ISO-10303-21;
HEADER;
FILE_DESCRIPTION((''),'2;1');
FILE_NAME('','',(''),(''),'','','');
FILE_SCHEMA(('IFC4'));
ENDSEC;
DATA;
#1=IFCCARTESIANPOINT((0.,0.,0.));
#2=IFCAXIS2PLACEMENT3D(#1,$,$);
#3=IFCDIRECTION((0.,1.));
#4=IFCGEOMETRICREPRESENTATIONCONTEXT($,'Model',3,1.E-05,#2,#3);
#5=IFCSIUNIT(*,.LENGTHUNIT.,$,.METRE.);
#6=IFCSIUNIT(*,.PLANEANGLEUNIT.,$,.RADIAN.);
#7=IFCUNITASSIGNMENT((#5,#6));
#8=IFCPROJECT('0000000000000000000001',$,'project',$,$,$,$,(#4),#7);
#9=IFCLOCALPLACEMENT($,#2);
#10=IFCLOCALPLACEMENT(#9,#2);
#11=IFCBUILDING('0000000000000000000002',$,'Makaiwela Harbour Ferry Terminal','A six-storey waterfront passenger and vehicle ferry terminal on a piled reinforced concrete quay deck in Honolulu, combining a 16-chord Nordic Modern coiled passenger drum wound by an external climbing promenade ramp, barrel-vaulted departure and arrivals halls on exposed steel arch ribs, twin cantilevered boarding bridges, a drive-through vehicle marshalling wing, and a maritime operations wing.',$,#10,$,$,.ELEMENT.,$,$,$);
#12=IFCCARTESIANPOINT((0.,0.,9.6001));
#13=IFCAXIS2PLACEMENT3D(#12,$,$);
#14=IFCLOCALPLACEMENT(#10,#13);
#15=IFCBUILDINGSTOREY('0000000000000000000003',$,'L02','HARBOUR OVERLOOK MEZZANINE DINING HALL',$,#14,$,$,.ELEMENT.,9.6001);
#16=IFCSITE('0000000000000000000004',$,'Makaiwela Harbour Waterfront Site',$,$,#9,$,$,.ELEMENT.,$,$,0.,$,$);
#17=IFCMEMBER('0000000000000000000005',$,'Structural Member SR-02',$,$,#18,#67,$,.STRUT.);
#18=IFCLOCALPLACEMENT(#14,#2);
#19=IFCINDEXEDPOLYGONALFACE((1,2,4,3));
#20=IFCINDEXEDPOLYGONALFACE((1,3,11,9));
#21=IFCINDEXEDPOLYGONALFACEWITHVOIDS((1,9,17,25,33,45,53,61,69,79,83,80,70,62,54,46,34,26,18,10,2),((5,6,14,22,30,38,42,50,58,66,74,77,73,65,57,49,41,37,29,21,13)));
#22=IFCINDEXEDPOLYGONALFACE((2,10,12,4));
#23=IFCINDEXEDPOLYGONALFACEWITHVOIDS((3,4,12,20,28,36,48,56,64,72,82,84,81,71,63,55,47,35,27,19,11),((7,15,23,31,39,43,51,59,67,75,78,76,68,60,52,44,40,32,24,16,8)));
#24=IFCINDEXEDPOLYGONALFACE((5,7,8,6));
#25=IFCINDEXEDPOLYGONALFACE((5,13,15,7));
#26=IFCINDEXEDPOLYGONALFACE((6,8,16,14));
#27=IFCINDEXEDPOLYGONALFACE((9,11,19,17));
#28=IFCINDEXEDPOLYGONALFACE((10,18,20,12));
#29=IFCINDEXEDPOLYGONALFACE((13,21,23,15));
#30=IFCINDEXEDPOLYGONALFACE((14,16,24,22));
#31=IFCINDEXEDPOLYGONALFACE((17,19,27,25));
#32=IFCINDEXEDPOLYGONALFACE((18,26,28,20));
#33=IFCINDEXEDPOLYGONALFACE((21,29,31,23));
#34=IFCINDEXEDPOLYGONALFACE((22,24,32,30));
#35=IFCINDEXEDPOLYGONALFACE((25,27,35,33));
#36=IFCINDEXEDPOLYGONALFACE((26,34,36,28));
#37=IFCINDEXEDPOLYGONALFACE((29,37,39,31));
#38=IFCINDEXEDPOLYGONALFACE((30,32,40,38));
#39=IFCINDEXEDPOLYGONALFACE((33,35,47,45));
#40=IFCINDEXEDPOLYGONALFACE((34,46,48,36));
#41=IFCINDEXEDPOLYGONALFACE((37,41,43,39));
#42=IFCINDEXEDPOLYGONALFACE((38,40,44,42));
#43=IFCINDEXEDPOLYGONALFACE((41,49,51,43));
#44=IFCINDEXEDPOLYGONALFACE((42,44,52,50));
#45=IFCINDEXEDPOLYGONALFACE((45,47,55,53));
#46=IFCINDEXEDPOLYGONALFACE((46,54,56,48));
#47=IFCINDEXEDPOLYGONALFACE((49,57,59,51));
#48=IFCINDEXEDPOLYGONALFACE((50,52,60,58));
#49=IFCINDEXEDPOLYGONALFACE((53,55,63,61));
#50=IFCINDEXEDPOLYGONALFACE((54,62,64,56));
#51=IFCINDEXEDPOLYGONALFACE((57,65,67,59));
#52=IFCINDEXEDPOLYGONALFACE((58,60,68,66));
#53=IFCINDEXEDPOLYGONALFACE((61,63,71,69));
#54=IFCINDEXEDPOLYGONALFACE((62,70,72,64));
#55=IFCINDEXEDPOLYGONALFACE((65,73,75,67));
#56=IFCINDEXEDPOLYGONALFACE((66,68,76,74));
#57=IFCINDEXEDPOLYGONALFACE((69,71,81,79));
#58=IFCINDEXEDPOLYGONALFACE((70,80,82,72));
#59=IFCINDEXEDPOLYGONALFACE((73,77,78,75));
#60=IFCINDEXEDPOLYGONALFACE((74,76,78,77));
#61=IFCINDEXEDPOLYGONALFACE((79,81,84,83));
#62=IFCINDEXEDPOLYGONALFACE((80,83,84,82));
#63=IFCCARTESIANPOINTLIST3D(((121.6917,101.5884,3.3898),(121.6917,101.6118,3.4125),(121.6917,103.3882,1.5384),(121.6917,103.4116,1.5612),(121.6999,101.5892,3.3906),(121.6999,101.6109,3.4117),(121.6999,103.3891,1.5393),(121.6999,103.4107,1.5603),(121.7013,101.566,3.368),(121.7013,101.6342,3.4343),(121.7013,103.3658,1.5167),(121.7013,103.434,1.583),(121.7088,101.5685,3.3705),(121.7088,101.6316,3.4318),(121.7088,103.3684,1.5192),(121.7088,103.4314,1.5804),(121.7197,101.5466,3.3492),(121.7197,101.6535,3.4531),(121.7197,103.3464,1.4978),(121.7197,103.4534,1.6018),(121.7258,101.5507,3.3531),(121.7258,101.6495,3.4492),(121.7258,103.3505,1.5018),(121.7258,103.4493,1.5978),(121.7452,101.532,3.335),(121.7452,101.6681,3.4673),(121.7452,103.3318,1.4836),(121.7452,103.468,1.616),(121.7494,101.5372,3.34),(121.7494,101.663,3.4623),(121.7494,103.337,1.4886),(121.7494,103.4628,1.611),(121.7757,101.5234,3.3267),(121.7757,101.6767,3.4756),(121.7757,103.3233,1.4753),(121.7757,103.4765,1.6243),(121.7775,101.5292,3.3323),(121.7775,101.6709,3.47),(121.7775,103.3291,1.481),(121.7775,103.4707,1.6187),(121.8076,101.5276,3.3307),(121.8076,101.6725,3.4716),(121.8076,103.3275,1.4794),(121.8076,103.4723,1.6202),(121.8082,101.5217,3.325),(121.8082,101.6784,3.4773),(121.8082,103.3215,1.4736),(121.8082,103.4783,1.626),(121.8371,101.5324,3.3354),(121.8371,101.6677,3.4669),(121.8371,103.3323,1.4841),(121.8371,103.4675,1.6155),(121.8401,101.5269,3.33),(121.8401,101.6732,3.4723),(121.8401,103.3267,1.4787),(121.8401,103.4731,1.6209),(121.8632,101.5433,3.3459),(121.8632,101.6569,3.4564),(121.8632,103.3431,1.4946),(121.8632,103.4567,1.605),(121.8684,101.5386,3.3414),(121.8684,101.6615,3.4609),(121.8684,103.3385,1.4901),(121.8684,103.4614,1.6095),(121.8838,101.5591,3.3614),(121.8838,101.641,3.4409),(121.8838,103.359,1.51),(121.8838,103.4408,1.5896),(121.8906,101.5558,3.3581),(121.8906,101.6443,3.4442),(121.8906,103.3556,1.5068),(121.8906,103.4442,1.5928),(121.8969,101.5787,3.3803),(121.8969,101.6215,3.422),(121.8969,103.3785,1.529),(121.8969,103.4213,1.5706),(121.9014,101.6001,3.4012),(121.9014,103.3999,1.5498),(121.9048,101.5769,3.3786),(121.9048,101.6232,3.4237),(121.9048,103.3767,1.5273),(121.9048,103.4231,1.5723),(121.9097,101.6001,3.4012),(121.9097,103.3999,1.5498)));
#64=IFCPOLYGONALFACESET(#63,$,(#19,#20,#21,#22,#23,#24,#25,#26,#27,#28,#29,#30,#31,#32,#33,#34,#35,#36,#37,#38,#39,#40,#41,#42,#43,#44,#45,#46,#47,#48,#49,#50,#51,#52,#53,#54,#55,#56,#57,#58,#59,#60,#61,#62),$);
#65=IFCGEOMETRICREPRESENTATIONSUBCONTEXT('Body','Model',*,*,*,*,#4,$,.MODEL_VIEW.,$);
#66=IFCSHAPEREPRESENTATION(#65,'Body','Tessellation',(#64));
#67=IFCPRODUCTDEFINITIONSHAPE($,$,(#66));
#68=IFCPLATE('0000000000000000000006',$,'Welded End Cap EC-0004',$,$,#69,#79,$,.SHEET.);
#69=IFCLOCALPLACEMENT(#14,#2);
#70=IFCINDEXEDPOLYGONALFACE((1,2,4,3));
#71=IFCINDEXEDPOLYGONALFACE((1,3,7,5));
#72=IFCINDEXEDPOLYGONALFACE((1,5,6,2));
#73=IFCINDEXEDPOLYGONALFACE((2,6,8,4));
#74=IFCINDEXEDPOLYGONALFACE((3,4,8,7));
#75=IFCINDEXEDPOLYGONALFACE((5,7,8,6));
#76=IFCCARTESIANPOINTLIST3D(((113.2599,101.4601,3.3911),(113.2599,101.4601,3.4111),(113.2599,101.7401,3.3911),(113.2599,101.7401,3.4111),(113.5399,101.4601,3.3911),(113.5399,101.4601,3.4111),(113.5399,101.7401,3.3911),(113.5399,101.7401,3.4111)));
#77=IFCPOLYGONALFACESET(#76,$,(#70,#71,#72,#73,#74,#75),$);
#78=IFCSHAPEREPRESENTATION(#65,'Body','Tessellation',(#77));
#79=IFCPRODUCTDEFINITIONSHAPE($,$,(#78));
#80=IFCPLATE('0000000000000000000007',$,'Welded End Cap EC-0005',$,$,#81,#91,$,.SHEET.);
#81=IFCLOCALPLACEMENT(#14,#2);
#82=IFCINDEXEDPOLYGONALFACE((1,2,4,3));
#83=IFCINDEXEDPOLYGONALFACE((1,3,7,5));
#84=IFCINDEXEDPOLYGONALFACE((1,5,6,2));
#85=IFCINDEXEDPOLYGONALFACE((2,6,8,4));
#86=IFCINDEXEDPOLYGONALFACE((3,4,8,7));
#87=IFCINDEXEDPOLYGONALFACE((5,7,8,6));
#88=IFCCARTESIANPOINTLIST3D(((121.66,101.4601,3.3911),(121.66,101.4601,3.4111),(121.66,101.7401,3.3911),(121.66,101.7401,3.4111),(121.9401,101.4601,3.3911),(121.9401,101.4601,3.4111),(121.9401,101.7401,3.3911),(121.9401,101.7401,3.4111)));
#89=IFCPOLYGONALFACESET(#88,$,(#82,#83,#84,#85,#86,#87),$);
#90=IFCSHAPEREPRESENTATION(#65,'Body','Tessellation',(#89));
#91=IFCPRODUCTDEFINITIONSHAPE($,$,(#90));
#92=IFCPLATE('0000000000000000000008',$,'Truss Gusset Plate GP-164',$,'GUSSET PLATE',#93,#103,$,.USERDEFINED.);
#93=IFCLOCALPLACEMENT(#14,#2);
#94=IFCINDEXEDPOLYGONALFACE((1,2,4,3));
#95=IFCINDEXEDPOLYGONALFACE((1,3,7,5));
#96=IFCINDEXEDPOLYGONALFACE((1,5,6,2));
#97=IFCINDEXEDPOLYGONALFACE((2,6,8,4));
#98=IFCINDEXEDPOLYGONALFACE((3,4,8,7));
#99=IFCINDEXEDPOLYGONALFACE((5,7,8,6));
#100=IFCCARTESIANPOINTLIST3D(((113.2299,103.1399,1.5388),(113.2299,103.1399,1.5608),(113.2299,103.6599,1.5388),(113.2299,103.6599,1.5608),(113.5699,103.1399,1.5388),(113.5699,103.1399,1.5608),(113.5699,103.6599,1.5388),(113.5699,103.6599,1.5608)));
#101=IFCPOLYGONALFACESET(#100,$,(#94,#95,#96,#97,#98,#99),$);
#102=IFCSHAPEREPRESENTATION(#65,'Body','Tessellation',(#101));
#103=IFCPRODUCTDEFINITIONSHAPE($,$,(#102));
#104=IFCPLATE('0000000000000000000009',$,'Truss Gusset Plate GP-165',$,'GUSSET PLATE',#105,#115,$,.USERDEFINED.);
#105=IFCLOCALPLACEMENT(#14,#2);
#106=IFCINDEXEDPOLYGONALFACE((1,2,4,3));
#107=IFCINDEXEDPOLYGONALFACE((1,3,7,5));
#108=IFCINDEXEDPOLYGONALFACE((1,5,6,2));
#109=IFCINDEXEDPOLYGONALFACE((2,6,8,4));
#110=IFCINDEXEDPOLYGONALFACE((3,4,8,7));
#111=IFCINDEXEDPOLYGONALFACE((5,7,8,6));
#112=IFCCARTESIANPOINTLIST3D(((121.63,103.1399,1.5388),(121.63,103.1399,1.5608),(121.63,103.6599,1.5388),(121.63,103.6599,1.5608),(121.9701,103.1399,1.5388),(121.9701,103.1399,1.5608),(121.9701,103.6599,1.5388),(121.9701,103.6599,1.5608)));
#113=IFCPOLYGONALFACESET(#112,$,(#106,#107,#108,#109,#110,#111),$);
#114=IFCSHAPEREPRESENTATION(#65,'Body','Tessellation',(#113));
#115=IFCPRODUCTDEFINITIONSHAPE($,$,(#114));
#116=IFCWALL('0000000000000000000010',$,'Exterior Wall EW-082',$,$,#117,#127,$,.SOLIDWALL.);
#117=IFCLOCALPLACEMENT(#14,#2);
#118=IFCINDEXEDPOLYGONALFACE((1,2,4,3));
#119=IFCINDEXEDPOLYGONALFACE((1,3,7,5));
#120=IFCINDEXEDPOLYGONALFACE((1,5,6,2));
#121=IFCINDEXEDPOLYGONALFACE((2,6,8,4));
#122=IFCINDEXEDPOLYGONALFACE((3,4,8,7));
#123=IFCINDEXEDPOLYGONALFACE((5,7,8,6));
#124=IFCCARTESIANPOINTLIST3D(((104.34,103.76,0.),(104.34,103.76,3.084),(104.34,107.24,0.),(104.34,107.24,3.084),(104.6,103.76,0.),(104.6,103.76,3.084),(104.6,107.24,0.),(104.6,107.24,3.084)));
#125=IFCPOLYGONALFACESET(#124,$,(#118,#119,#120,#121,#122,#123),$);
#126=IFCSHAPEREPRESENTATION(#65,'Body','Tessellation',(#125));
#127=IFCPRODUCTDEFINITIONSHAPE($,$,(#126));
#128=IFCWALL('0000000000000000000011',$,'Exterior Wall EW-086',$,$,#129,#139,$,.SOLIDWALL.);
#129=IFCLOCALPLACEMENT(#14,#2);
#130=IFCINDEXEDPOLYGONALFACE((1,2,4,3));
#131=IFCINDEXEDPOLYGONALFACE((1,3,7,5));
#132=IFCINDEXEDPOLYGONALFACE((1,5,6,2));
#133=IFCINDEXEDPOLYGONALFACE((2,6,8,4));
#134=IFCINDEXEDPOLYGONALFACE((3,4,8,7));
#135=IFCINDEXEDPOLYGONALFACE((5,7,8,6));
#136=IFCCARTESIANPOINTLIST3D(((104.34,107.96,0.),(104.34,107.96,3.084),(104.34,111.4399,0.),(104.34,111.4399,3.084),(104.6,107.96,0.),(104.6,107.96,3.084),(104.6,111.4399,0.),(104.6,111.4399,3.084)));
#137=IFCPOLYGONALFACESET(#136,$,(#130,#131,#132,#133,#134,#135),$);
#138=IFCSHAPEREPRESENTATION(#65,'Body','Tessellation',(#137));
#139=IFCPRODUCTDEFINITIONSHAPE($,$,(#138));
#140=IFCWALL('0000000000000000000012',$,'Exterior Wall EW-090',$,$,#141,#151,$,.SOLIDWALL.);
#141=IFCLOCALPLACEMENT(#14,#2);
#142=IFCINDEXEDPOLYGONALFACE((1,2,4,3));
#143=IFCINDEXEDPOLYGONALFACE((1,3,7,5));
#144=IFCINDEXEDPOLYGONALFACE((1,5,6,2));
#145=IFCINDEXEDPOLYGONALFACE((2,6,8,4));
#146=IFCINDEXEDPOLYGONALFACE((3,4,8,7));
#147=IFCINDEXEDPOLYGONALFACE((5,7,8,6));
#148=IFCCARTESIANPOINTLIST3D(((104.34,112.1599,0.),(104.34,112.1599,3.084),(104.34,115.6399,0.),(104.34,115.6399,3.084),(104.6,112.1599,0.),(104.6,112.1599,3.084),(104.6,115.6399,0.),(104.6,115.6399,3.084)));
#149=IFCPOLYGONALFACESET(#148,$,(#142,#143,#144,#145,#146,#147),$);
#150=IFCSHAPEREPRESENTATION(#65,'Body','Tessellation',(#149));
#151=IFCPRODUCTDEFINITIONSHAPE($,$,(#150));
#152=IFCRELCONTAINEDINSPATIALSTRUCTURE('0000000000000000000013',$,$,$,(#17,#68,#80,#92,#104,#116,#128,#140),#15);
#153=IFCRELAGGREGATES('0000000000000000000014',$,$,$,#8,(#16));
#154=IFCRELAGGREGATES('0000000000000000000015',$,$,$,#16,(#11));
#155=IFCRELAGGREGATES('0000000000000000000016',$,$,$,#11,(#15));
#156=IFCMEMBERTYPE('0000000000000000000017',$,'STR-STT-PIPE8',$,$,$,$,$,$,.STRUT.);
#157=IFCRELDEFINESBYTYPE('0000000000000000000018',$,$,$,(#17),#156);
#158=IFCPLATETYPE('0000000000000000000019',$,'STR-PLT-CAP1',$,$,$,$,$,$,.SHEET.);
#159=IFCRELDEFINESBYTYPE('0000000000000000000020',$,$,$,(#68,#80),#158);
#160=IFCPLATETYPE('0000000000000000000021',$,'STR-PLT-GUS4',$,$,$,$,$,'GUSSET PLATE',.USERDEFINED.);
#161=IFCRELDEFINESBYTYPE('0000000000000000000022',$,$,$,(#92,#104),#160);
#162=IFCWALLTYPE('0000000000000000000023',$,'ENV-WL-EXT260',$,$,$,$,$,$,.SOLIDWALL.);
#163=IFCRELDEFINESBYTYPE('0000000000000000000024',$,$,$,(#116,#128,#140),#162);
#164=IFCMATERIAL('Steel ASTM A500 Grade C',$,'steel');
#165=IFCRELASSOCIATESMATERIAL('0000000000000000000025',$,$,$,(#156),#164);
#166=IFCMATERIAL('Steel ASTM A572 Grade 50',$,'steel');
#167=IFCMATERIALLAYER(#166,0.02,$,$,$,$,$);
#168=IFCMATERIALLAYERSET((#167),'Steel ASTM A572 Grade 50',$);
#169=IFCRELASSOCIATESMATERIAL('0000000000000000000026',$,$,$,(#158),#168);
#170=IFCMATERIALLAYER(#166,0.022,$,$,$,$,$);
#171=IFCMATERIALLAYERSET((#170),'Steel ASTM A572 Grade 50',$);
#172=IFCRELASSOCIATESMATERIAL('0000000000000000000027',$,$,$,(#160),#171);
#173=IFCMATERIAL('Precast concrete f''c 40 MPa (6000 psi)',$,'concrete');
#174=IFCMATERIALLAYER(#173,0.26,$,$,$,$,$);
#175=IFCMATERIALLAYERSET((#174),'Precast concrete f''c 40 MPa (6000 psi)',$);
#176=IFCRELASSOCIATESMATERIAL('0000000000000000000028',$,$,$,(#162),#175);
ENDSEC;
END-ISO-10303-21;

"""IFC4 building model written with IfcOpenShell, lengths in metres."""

from ifc_helpers import new_model, si_unit, direction, frame, frame_2d, origin, origin_2d, place, context, subcontext, project, spatial, rectangle, hollow_circle, extrude, material, layer, layer_set, material_profile, profile_set, type_object, element, save


model = new_model("IFC4")

# Units and contexts
model_context = context("Model", 3, precision=1e-05, world=origin(), true_north=direction((0.0, 1.0)))
body_context = subcontext(model_context, "Body", "Model", "MODEL_VIEW")
ifc_project = project(units=[si_unit("LENGTHUNIT", "METRE"), si_unit("PLANEANGLEUNIT", "RADIAN")], contexts=[model_context])

# Site, building, storey
site_placement = place(None, origin())
site = spatial("IfcSite", under=ifc_project, at=site_placement, Name="Makaiwela Harbour Waterfront Site", CompositionType="ELEMENT", RefElevation=0.0)
building_placement = place(site_placement, origin())
building = spatial("IfcBuilding", under=site, at=building_placement, Name="Makaiwela Harbour Ferry Terminal", Description="A six-storey waterfront passenger and vehicle ferry terminal on a piled reinforced concrete quay deck in Honolulu, combining a 16-chord Nordic Modern coiled passenger drum wound by an external climbing promenade ramp, barrel-vaulted departure and arrivals halls on exposed steel arch ribs, twin cantilevered boarding bridges, a drive-through vehicle marshalling wing, and a maritime operations wing.", CompositionType="ELEMENT")
storey_placement = place(building_placement, frame((0.0, 0.0, 9.6001)))
storey = spatial("IfcBuildingStorey", under=building, at=storey_placement, Name="L02", Description="HARBOUR OVERLOOK MEZZANINE DINING HALL", CompositionType="ELEMENT", Elevation=9.6001)

# Member
ifc_material_1 = material(Name="Steel ASTM A500 Grade C", Category="steel")
ifc_material_profile_1 = material_profile(ifc_material_1, hollow_circle(Radius=0.1096, WallThickness=0.0083, at=origin_2d()), Name="PIPE8STD")
ifc_profile_set_1 = profile_set([ifc_material_profile_1], Name="Steel ASTM A500 Grade C")
member_type = type_object("IfcMemberType", Name="STR-STT-PIPE8", PredefinedType="STRUT", material=ifc_profile_set_1)
for number, where, z_axis, x_axis, name in (
    (1, (121.8, 103.3999, 1.5498), (0.0, -0.697061, 0.717012), (1.0, 0.0, 0.0), "Structural Member SR-02"),
):
    element("IfcMember", number, at=place(storey_placement, frame(where, z_axis=z_axis, x_axis=x_axis)), inside=storey, type_object=member_type, Name=name, PredefinedType="STRUT", context=body_context, shape_type="SweptSolid", body=[
        extrude(hollow_circle(Radius=0.1096, WallThickness=0.0083, at=origin_2d()), origin(), (0.0, 0.0, 1.0), 2.582),
    ])

# Plates
ifc_material_2 = material(Name="Steel ASTM A572 Grade 50", Category="steel")
ifc_layer_1 = layer(ifc_material_2, 0.02)
ifc_layer_set_1 = layer_set([ifc_layer_1], Name="Steel ASTM A572 Grade 50")
plate_type_1 = type_object("IfcPlateType", Name="STR-PLT-CAP1", PredefinedType="SHEET", material=ifc_layer_set_1)
for number, where, z_axis, x_axis, name in (
    (2, (113.3999, 101.6001, 3.3911), (0.0, 0.0, 1.0), (1.0, 0.0, 0.0), "Welded End Cap EC-0004"),
    (3, (121.8, 101.6001, 3.3911), (0.0, 0.0, 1.0), (1.0, 0.0, 0.0), "Welded End Cap EC-0005"),
):
    element("IfcPlate", number, at=place(storey_placement, frame(where, z_axis=z_axis, x_axis=x_axis)), inside=storey, type_object=plate_type_1, Name=name, PredefinedType="SHEET", context=body_context, shape_type="SweptSolid", body=[
        extrude(rectangle(XDim=0.28, YDim=0.28, at=origin_2d()), origin(), (0.0, 0.0, 1.0), 0.02),
    ])
ifc_layer_2 = layer(ifc_material_2, 0.022)
ifc_layer_set_2 = layer_set([ifc_layer_2], Name="Steel ASTM A572 Grade 50")
plate_type_2 = type_object("IfcPlateType", Name="STR-PLT-GUS4", ElementType="GUSSET PLATE", PredefinedType="USERDEFINED", material=ifc_layer_set_2)
for number, where, z_axis, x_axis, name in (
    (4, (113.3999, 103.3999, 1.5388), (0.0, 0.0, 1.0), (0.0, 1.0, 0.0), "Truss Gusset Plate GP-164"),
    (5, (121.8, 103.3999, 1.5388), (0.0, 0.0, 1.0), (0.0, 1.0, 0.0), "Truss Gusset Plate GP-165"),
):
    element("IfcPlate", number, at=place(storey_placement, frame(where, z_axis=z_axis, x_axis=x_axis)), inside=storey, type_object=plate_type_2, Name=name, ObjectType="GUSSET PLATE", PredefinedType="USERDEFINED", context=body_context, shape_type="SweptSolid", body=[
        extrude(rectangle(XDim=0.52, YDim=0.3401, at=origin_2d()), origin(), (0.0, 0.0, 1.0), 0.022),
    ])

# Walls
ifc_material_3 = material(Name="Precast concrete f'c 40 MPa (6000 psi)", Category="concrete")
ifc_layer_3 = layer(ifc_material_3, 0.26)
ifc_layer_set_3 = layer_set([ifc_layer_3], Name="Precast concrete f'c 40 MPa (6000 psi)")
wall_type = type_object("IfcWallType", Name="ENV-WL-EXT260", PredefinedType="SOLIDWALL", material=ifc_layer_set_3)
for number, where, z_axis, x_axis, name in (
    (6, (104.47, 107.24, 0.0), (0.0, 0.0, 1.0), (0.0, -1.0, 0.0), "Exterior Wall EW-082"),
    (7, (104.47, 111.4399, 0.0), (0.0, 0.0, 1.0), (0.0, -1.0, 0.0), "Exterior Wall EW-086"),
    (8, (104.47, 115.6399, 0.0), (0.0, 0.0, 1.0), (0.0, -1.0, 0.0), "Exterior Wall EW-090"),
):
    element("IfcWall", number, at=place(storey_placement, frame(where, z_axis=z_axis, x_axis=x_axis)), inside=storey, type_object=wall_type, Name=name, PredefinedType="SOLIDWALL", context=body_context, shape_type="SweptSolid", body=[
        extrude(rectangle(XDim=3.48, YDim=0.26, at=frame_2d((1.74, 0.0))), origin(), (0.0, 0.0, 1.0), 3.084),
    ])

save(model, "model.ifc")
